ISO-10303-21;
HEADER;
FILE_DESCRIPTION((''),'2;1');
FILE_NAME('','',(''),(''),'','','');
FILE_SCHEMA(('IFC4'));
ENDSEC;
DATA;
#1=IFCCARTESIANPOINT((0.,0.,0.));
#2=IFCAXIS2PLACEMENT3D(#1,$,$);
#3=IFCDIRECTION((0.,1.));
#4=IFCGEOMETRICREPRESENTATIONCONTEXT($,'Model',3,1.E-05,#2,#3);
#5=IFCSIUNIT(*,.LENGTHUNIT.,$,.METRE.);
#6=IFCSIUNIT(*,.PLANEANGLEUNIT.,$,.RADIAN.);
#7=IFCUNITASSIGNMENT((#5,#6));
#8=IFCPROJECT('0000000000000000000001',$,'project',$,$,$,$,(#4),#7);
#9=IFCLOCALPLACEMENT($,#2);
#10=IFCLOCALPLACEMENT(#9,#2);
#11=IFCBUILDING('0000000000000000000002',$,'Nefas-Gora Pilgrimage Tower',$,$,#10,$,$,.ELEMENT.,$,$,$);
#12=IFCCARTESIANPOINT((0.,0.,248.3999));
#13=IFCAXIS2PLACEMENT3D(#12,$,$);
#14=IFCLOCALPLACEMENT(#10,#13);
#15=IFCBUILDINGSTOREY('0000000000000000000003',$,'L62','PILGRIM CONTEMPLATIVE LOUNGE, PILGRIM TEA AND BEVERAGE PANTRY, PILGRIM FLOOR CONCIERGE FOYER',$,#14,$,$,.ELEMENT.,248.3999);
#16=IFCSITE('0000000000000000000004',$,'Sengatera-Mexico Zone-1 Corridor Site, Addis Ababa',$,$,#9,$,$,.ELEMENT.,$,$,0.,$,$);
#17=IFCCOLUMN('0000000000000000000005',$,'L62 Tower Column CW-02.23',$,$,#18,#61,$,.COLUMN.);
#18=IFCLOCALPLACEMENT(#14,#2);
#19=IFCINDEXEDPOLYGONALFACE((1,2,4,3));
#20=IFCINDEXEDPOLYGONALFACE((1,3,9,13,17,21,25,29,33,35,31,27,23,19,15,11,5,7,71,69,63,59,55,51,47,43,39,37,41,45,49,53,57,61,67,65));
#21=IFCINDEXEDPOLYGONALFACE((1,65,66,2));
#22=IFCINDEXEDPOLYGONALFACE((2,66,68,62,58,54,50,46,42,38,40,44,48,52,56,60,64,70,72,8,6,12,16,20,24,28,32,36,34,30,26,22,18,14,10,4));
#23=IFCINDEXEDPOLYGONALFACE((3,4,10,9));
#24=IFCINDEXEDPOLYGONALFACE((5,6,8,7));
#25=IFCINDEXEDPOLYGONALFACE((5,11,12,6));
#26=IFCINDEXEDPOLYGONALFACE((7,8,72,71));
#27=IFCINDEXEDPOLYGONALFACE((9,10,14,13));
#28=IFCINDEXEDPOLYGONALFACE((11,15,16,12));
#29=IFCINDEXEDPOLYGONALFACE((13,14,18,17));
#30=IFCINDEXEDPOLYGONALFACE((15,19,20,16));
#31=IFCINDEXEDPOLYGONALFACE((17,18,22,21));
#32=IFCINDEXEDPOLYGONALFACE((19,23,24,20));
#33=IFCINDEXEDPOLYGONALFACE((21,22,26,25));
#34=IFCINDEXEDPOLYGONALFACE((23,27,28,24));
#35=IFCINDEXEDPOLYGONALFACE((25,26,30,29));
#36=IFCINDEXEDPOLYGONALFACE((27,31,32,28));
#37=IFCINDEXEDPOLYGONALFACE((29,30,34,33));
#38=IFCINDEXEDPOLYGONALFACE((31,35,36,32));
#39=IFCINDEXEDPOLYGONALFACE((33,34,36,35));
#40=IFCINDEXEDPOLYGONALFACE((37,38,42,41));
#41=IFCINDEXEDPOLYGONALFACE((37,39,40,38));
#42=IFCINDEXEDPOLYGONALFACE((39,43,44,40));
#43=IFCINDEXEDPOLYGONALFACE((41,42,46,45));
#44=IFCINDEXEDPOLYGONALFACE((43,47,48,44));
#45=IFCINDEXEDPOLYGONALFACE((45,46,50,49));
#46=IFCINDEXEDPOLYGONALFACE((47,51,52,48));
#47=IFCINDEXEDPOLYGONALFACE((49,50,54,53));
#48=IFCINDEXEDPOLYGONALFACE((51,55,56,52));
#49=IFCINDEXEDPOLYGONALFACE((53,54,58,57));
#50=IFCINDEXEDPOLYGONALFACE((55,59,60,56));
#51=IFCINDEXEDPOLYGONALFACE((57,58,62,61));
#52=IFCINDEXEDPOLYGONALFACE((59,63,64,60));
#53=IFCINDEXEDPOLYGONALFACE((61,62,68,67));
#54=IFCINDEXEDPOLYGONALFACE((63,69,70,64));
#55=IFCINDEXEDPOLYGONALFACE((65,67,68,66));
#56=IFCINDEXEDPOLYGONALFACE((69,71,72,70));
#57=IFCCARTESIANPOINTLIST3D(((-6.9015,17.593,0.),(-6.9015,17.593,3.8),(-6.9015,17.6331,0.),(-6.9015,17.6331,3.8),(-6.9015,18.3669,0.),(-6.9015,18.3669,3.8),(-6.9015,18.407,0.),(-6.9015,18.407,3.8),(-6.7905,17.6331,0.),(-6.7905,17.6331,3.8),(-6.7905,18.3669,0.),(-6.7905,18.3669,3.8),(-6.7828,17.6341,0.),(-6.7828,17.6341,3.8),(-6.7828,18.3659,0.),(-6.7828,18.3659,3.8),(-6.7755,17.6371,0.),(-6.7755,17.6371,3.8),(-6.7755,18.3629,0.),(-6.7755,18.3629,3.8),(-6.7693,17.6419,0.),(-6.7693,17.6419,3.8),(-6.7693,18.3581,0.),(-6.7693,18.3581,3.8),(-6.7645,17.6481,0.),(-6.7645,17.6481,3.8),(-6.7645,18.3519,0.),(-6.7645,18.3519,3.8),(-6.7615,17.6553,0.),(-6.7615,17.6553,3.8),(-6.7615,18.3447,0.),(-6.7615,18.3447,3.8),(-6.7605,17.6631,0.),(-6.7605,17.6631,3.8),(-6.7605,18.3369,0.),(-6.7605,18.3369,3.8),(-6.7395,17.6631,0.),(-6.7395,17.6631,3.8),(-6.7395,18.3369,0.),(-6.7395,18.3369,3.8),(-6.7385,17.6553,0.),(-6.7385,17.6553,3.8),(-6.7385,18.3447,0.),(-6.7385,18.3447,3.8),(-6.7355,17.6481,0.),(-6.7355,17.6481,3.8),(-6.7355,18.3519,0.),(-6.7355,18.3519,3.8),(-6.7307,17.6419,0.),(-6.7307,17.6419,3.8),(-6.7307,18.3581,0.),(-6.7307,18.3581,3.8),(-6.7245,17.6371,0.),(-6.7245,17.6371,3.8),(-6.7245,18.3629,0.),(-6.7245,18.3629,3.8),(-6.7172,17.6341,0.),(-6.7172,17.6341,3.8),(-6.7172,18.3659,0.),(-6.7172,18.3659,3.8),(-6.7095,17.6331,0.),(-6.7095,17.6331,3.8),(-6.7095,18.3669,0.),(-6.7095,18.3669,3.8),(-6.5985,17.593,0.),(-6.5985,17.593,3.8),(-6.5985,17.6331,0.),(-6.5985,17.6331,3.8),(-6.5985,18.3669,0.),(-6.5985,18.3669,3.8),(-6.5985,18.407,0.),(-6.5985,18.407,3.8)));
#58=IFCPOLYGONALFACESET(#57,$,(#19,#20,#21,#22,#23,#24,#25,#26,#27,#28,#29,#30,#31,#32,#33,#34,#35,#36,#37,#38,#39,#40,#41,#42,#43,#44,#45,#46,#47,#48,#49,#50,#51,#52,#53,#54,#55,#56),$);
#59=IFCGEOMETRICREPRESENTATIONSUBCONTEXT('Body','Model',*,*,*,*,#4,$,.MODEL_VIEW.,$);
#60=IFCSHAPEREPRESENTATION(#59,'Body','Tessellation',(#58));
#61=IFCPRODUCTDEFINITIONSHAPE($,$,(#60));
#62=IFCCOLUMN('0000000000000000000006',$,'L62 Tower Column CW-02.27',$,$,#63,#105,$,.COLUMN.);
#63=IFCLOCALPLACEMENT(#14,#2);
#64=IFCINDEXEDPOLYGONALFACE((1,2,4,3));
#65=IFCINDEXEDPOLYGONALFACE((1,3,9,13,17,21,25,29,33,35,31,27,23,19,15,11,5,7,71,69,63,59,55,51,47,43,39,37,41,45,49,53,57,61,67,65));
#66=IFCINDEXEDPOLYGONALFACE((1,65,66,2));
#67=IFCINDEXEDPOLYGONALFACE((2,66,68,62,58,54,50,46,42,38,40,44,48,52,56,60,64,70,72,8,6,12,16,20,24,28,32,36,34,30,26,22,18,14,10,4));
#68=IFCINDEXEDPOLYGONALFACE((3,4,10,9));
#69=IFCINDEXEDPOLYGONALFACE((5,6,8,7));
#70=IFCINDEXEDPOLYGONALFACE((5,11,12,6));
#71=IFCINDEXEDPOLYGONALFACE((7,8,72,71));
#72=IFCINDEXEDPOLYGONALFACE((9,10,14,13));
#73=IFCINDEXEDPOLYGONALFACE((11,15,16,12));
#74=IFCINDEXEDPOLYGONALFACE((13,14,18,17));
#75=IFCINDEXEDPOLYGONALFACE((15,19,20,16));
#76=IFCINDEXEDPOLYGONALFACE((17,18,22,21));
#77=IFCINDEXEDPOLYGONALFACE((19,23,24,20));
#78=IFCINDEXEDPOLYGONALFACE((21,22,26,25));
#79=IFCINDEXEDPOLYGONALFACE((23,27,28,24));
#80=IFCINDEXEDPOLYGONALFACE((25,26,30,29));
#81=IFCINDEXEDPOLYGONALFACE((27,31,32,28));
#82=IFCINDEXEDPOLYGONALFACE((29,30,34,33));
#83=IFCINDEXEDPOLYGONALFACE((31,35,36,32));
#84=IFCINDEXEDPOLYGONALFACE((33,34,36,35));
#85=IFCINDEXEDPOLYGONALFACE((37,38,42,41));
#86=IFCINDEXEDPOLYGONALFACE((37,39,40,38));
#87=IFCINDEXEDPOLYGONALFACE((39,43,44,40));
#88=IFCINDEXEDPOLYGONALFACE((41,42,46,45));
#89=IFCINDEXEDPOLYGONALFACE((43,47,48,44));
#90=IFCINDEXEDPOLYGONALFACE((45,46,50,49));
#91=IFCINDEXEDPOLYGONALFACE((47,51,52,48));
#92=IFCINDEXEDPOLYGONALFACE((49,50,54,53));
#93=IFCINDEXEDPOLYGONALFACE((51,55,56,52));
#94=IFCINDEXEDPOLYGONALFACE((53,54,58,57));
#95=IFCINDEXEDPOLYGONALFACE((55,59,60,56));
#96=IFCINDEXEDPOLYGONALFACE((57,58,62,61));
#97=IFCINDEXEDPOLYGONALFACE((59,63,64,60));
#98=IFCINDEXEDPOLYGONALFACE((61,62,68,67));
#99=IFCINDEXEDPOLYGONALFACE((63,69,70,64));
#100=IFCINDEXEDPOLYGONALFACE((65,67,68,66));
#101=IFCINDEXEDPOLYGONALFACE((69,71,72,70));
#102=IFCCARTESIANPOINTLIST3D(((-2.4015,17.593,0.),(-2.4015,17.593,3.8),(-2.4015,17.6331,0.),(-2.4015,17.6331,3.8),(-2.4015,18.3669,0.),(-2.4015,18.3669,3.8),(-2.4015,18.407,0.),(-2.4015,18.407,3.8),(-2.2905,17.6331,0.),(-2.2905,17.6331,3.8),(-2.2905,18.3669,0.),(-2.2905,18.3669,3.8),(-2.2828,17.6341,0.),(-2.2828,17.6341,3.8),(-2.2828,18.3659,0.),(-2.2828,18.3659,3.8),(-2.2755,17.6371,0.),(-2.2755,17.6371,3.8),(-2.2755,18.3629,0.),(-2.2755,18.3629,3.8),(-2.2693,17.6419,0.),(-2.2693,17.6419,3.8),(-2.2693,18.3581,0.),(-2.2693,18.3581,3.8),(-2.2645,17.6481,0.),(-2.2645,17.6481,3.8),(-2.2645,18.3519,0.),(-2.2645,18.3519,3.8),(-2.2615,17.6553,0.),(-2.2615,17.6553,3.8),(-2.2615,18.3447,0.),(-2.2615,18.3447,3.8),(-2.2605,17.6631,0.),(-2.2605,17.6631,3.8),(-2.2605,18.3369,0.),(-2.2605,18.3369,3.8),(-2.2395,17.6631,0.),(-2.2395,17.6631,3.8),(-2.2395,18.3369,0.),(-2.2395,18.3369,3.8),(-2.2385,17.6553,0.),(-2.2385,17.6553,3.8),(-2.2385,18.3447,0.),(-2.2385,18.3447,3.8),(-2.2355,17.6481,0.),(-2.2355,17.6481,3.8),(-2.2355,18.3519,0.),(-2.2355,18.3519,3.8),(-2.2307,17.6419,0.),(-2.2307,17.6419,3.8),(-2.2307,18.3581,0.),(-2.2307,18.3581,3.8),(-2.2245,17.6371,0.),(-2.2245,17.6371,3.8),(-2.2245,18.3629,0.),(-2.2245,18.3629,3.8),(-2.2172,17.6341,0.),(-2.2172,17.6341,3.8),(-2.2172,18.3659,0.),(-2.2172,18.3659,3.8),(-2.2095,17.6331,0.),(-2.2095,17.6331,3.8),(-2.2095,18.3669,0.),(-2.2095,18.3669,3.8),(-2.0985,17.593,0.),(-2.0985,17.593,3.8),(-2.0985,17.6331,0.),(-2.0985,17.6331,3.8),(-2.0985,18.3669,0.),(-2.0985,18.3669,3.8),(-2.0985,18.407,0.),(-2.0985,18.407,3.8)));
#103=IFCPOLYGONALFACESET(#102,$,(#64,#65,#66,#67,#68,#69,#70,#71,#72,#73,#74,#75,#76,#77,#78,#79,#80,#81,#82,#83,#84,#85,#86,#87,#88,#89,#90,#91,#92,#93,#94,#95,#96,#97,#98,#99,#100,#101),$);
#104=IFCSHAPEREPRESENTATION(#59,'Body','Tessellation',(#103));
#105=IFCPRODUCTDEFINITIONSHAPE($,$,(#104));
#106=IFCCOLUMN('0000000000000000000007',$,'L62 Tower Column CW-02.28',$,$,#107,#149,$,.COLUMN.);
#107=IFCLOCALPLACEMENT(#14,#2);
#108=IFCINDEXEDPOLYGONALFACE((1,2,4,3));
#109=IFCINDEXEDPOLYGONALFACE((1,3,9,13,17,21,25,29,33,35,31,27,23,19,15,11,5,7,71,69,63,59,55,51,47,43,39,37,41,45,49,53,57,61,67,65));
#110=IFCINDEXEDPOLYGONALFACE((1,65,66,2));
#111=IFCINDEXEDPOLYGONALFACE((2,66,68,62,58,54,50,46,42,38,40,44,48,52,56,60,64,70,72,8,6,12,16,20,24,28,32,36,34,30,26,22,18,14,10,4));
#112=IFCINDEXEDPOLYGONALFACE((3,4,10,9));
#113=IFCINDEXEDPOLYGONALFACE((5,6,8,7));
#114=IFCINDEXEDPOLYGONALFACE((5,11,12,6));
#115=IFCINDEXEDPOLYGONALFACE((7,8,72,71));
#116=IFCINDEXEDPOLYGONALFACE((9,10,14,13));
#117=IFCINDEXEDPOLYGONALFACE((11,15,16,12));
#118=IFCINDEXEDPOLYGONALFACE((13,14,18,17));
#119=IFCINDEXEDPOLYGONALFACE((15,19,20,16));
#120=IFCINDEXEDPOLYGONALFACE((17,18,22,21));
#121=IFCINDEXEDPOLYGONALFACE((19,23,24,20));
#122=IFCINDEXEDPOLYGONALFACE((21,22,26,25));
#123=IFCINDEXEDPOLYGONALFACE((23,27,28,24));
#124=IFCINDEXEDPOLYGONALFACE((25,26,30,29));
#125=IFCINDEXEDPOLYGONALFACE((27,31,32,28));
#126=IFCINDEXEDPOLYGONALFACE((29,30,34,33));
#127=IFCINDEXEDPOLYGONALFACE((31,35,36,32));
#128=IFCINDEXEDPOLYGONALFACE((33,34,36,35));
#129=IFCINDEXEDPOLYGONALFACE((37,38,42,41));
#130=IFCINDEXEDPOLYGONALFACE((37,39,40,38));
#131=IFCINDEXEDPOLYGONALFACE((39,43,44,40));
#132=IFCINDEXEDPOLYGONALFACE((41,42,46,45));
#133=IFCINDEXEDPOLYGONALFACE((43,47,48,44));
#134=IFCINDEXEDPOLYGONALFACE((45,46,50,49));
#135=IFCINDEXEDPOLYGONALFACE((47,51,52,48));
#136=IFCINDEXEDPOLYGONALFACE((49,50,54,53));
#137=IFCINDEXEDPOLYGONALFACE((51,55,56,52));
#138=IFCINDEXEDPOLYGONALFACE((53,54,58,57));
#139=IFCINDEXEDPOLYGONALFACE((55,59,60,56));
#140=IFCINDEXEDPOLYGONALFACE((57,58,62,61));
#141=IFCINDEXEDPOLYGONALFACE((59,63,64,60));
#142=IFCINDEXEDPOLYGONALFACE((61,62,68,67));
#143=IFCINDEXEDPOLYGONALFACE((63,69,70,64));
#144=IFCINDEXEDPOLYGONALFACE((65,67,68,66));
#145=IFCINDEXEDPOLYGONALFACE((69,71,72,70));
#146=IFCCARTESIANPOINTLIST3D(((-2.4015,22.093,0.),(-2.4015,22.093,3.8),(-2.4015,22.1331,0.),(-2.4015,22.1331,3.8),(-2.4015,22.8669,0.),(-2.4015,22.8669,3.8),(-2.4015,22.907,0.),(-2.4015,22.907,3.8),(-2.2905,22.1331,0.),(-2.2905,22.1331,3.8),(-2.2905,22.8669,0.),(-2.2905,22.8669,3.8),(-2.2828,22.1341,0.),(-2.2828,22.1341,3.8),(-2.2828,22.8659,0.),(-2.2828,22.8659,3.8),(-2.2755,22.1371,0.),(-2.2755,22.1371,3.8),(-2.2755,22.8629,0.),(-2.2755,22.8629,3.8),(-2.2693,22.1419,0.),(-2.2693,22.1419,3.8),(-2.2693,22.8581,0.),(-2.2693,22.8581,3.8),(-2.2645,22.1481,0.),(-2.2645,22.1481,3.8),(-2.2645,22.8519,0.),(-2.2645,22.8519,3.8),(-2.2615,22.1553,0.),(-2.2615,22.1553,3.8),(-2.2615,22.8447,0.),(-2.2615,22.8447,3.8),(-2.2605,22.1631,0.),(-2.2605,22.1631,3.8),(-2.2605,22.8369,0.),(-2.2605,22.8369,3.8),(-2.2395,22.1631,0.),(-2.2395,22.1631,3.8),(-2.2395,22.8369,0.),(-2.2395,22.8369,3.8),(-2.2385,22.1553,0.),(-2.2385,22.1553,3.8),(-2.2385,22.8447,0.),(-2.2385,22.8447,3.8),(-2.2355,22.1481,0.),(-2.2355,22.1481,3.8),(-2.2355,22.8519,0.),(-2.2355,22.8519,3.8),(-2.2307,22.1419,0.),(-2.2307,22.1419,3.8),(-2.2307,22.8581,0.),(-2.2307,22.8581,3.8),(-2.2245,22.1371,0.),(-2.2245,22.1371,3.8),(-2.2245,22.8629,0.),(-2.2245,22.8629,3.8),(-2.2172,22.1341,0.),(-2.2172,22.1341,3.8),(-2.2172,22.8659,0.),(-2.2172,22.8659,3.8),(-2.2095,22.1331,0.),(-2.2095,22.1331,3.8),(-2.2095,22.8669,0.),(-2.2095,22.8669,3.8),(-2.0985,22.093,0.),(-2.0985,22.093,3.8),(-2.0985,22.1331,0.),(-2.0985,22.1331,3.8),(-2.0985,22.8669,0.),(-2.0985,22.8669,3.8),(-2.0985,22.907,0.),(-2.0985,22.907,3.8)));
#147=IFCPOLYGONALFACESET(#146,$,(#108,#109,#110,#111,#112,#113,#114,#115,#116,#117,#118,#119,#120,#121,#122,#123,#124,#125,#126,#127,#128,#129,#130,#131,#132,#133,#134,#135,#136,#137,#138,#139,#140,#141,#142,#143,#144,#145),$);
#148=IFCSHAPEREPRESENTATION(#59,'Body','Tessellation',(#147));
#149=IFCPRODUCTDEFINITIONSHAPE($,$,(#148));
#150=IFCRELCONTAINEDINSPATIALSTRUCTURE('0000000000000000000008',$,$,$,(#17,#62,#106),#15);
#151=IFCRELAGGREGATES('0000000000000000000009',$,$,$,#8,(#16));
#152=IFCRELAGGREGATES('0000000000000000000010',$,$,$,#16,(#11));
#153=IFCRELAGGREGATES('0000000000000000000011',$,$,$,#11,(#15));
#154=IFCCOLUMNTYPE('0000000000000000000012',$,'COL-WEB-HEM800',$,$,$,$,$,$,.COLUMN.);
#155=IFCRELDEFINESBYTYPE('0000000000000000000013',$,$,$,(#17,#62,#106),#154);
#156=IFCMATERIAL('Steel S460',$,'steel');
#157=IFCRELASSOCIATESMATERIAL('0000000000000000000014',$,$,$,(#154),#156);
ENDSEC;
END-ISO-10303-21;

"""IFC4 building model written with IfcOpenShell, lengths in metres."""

from ifc_helpers import new_model, si_unit, direction, frame, origin, origin_2d, place, context, subcontext, project, spatial, i_section, extrude, source, transform, mapped, material, material_profile, profile_set, type_object, element, save


model = new_model("IFC4")

# Units and contexts
model_context = context("Model", 3, precision=1e-05, world=origin(), true_north=direction((0.0, 1.0)))
body_context = subcontext(model_context, "Body", "Model", "MODEL_VIEW")
ifc_project = project(units=[si_unit("LENGTHUNIT", "METRE"), si_unit("PLANEANGLEUNIT", "RADIAN")], contexts=[model_context])

# Site, building, storey
site_placement = place(None, origin())
site = spatial("IfcSite", under=ifc_project, at=site_placement, Name="Sengatera-Mexico Zone-1 Corridor Site, Addis Ababa", CompositionType="ELEMENT", RefElevation=0.0)
building_placement = place(site_placement, origin())
building = spatial("IfcBuilding", under=site, at=building_placement, Name="Nefas-Gora Pilgrimage Tower", CompositionType="ELEMENT")
storey_placement = place(building_placement, frame((0.0, 0.0, 248.3999)))
storey = spatial("IfcBuildingStorey", under=building, at=storey_placement, Name="L62", Description="PILGRIM CONTEMPLATIVE LOUNGE, PILGRIM TEA AND BEVERAGE PANTRY, PILGRIM FLOOR CONCIERGE FOYER", CompositionType="ELEMENT", Elevation=248.3999)

# Columns
ifc_material_1 = material(Name="Steel S460", Category="steel")
ifc_material_profile_1 = material_profile(ifc_material_1, i_section(OverallWidth=0.303, OverallDepth=0.814, WebThickness=0.021, FlangeThickness=0.04, FilletRadius=0.03, at=origin_2d()), Name="HEM 800")
ifc_profile_set_1 = profile_set([ifc_material_profile_1], Name="Steel S460")
column_type_1 = type_object("IfcColumnType", Name="COL-WEB-HEM800", PredefinedType="COLUMN", material=ifc_profile_set_1)
shared_shape_1 = source(origin(), body_context, "Body", "SweptSolid", [
    extrude(i_section(OverallWidth=0.303, OverallDepth=0.814, WebThickness=0.021, FlangeThickness=0.04, FilletRadius=0.03, at=origin_2d()), origin(), (0.0, 0.0, 1.0), 3.8),
])
for number, where, z_axis, x_axis, name in (
    (1, (-6.75, 18.0, 0.0), (0.0, 0.0, 1.0), (1.0, 0.0, 0.0), "L62 Tower Column CW-02.23"),
    (2, (-2.25, 18.0, 0.0), (0.0, 0.0, 1.0), (1.0, 0.0, 0.0), "L62 Tower Column CW-02.27"),
    (3, (-2.25, 22.5, 0.0), (0.0, 0.0, 1.0), (1.0, 0.0, 0.0), "L62 Tower Column CW-02.28"),
):
    element("IfcColumn", number, at=place(storey_placement, frame(where, z_axis=z_axis, x_axis=x_axis)), inside=storey, type_object=column_type_1, Name=name, PredefinedType="COLUMN", context=body_context, shape_type="MappedRepresentation", body=[
        mapped(shared_shape_1, transform((0.0, 0.0, 0.0), x_axis=(1.0, 0.0, 0.0), y_axis=(0.0, 1.0, 0.0), z_axis=(0.0, 0.0, 1.0), scale=1.0)),
    ])

save(model, "model.ifc")
